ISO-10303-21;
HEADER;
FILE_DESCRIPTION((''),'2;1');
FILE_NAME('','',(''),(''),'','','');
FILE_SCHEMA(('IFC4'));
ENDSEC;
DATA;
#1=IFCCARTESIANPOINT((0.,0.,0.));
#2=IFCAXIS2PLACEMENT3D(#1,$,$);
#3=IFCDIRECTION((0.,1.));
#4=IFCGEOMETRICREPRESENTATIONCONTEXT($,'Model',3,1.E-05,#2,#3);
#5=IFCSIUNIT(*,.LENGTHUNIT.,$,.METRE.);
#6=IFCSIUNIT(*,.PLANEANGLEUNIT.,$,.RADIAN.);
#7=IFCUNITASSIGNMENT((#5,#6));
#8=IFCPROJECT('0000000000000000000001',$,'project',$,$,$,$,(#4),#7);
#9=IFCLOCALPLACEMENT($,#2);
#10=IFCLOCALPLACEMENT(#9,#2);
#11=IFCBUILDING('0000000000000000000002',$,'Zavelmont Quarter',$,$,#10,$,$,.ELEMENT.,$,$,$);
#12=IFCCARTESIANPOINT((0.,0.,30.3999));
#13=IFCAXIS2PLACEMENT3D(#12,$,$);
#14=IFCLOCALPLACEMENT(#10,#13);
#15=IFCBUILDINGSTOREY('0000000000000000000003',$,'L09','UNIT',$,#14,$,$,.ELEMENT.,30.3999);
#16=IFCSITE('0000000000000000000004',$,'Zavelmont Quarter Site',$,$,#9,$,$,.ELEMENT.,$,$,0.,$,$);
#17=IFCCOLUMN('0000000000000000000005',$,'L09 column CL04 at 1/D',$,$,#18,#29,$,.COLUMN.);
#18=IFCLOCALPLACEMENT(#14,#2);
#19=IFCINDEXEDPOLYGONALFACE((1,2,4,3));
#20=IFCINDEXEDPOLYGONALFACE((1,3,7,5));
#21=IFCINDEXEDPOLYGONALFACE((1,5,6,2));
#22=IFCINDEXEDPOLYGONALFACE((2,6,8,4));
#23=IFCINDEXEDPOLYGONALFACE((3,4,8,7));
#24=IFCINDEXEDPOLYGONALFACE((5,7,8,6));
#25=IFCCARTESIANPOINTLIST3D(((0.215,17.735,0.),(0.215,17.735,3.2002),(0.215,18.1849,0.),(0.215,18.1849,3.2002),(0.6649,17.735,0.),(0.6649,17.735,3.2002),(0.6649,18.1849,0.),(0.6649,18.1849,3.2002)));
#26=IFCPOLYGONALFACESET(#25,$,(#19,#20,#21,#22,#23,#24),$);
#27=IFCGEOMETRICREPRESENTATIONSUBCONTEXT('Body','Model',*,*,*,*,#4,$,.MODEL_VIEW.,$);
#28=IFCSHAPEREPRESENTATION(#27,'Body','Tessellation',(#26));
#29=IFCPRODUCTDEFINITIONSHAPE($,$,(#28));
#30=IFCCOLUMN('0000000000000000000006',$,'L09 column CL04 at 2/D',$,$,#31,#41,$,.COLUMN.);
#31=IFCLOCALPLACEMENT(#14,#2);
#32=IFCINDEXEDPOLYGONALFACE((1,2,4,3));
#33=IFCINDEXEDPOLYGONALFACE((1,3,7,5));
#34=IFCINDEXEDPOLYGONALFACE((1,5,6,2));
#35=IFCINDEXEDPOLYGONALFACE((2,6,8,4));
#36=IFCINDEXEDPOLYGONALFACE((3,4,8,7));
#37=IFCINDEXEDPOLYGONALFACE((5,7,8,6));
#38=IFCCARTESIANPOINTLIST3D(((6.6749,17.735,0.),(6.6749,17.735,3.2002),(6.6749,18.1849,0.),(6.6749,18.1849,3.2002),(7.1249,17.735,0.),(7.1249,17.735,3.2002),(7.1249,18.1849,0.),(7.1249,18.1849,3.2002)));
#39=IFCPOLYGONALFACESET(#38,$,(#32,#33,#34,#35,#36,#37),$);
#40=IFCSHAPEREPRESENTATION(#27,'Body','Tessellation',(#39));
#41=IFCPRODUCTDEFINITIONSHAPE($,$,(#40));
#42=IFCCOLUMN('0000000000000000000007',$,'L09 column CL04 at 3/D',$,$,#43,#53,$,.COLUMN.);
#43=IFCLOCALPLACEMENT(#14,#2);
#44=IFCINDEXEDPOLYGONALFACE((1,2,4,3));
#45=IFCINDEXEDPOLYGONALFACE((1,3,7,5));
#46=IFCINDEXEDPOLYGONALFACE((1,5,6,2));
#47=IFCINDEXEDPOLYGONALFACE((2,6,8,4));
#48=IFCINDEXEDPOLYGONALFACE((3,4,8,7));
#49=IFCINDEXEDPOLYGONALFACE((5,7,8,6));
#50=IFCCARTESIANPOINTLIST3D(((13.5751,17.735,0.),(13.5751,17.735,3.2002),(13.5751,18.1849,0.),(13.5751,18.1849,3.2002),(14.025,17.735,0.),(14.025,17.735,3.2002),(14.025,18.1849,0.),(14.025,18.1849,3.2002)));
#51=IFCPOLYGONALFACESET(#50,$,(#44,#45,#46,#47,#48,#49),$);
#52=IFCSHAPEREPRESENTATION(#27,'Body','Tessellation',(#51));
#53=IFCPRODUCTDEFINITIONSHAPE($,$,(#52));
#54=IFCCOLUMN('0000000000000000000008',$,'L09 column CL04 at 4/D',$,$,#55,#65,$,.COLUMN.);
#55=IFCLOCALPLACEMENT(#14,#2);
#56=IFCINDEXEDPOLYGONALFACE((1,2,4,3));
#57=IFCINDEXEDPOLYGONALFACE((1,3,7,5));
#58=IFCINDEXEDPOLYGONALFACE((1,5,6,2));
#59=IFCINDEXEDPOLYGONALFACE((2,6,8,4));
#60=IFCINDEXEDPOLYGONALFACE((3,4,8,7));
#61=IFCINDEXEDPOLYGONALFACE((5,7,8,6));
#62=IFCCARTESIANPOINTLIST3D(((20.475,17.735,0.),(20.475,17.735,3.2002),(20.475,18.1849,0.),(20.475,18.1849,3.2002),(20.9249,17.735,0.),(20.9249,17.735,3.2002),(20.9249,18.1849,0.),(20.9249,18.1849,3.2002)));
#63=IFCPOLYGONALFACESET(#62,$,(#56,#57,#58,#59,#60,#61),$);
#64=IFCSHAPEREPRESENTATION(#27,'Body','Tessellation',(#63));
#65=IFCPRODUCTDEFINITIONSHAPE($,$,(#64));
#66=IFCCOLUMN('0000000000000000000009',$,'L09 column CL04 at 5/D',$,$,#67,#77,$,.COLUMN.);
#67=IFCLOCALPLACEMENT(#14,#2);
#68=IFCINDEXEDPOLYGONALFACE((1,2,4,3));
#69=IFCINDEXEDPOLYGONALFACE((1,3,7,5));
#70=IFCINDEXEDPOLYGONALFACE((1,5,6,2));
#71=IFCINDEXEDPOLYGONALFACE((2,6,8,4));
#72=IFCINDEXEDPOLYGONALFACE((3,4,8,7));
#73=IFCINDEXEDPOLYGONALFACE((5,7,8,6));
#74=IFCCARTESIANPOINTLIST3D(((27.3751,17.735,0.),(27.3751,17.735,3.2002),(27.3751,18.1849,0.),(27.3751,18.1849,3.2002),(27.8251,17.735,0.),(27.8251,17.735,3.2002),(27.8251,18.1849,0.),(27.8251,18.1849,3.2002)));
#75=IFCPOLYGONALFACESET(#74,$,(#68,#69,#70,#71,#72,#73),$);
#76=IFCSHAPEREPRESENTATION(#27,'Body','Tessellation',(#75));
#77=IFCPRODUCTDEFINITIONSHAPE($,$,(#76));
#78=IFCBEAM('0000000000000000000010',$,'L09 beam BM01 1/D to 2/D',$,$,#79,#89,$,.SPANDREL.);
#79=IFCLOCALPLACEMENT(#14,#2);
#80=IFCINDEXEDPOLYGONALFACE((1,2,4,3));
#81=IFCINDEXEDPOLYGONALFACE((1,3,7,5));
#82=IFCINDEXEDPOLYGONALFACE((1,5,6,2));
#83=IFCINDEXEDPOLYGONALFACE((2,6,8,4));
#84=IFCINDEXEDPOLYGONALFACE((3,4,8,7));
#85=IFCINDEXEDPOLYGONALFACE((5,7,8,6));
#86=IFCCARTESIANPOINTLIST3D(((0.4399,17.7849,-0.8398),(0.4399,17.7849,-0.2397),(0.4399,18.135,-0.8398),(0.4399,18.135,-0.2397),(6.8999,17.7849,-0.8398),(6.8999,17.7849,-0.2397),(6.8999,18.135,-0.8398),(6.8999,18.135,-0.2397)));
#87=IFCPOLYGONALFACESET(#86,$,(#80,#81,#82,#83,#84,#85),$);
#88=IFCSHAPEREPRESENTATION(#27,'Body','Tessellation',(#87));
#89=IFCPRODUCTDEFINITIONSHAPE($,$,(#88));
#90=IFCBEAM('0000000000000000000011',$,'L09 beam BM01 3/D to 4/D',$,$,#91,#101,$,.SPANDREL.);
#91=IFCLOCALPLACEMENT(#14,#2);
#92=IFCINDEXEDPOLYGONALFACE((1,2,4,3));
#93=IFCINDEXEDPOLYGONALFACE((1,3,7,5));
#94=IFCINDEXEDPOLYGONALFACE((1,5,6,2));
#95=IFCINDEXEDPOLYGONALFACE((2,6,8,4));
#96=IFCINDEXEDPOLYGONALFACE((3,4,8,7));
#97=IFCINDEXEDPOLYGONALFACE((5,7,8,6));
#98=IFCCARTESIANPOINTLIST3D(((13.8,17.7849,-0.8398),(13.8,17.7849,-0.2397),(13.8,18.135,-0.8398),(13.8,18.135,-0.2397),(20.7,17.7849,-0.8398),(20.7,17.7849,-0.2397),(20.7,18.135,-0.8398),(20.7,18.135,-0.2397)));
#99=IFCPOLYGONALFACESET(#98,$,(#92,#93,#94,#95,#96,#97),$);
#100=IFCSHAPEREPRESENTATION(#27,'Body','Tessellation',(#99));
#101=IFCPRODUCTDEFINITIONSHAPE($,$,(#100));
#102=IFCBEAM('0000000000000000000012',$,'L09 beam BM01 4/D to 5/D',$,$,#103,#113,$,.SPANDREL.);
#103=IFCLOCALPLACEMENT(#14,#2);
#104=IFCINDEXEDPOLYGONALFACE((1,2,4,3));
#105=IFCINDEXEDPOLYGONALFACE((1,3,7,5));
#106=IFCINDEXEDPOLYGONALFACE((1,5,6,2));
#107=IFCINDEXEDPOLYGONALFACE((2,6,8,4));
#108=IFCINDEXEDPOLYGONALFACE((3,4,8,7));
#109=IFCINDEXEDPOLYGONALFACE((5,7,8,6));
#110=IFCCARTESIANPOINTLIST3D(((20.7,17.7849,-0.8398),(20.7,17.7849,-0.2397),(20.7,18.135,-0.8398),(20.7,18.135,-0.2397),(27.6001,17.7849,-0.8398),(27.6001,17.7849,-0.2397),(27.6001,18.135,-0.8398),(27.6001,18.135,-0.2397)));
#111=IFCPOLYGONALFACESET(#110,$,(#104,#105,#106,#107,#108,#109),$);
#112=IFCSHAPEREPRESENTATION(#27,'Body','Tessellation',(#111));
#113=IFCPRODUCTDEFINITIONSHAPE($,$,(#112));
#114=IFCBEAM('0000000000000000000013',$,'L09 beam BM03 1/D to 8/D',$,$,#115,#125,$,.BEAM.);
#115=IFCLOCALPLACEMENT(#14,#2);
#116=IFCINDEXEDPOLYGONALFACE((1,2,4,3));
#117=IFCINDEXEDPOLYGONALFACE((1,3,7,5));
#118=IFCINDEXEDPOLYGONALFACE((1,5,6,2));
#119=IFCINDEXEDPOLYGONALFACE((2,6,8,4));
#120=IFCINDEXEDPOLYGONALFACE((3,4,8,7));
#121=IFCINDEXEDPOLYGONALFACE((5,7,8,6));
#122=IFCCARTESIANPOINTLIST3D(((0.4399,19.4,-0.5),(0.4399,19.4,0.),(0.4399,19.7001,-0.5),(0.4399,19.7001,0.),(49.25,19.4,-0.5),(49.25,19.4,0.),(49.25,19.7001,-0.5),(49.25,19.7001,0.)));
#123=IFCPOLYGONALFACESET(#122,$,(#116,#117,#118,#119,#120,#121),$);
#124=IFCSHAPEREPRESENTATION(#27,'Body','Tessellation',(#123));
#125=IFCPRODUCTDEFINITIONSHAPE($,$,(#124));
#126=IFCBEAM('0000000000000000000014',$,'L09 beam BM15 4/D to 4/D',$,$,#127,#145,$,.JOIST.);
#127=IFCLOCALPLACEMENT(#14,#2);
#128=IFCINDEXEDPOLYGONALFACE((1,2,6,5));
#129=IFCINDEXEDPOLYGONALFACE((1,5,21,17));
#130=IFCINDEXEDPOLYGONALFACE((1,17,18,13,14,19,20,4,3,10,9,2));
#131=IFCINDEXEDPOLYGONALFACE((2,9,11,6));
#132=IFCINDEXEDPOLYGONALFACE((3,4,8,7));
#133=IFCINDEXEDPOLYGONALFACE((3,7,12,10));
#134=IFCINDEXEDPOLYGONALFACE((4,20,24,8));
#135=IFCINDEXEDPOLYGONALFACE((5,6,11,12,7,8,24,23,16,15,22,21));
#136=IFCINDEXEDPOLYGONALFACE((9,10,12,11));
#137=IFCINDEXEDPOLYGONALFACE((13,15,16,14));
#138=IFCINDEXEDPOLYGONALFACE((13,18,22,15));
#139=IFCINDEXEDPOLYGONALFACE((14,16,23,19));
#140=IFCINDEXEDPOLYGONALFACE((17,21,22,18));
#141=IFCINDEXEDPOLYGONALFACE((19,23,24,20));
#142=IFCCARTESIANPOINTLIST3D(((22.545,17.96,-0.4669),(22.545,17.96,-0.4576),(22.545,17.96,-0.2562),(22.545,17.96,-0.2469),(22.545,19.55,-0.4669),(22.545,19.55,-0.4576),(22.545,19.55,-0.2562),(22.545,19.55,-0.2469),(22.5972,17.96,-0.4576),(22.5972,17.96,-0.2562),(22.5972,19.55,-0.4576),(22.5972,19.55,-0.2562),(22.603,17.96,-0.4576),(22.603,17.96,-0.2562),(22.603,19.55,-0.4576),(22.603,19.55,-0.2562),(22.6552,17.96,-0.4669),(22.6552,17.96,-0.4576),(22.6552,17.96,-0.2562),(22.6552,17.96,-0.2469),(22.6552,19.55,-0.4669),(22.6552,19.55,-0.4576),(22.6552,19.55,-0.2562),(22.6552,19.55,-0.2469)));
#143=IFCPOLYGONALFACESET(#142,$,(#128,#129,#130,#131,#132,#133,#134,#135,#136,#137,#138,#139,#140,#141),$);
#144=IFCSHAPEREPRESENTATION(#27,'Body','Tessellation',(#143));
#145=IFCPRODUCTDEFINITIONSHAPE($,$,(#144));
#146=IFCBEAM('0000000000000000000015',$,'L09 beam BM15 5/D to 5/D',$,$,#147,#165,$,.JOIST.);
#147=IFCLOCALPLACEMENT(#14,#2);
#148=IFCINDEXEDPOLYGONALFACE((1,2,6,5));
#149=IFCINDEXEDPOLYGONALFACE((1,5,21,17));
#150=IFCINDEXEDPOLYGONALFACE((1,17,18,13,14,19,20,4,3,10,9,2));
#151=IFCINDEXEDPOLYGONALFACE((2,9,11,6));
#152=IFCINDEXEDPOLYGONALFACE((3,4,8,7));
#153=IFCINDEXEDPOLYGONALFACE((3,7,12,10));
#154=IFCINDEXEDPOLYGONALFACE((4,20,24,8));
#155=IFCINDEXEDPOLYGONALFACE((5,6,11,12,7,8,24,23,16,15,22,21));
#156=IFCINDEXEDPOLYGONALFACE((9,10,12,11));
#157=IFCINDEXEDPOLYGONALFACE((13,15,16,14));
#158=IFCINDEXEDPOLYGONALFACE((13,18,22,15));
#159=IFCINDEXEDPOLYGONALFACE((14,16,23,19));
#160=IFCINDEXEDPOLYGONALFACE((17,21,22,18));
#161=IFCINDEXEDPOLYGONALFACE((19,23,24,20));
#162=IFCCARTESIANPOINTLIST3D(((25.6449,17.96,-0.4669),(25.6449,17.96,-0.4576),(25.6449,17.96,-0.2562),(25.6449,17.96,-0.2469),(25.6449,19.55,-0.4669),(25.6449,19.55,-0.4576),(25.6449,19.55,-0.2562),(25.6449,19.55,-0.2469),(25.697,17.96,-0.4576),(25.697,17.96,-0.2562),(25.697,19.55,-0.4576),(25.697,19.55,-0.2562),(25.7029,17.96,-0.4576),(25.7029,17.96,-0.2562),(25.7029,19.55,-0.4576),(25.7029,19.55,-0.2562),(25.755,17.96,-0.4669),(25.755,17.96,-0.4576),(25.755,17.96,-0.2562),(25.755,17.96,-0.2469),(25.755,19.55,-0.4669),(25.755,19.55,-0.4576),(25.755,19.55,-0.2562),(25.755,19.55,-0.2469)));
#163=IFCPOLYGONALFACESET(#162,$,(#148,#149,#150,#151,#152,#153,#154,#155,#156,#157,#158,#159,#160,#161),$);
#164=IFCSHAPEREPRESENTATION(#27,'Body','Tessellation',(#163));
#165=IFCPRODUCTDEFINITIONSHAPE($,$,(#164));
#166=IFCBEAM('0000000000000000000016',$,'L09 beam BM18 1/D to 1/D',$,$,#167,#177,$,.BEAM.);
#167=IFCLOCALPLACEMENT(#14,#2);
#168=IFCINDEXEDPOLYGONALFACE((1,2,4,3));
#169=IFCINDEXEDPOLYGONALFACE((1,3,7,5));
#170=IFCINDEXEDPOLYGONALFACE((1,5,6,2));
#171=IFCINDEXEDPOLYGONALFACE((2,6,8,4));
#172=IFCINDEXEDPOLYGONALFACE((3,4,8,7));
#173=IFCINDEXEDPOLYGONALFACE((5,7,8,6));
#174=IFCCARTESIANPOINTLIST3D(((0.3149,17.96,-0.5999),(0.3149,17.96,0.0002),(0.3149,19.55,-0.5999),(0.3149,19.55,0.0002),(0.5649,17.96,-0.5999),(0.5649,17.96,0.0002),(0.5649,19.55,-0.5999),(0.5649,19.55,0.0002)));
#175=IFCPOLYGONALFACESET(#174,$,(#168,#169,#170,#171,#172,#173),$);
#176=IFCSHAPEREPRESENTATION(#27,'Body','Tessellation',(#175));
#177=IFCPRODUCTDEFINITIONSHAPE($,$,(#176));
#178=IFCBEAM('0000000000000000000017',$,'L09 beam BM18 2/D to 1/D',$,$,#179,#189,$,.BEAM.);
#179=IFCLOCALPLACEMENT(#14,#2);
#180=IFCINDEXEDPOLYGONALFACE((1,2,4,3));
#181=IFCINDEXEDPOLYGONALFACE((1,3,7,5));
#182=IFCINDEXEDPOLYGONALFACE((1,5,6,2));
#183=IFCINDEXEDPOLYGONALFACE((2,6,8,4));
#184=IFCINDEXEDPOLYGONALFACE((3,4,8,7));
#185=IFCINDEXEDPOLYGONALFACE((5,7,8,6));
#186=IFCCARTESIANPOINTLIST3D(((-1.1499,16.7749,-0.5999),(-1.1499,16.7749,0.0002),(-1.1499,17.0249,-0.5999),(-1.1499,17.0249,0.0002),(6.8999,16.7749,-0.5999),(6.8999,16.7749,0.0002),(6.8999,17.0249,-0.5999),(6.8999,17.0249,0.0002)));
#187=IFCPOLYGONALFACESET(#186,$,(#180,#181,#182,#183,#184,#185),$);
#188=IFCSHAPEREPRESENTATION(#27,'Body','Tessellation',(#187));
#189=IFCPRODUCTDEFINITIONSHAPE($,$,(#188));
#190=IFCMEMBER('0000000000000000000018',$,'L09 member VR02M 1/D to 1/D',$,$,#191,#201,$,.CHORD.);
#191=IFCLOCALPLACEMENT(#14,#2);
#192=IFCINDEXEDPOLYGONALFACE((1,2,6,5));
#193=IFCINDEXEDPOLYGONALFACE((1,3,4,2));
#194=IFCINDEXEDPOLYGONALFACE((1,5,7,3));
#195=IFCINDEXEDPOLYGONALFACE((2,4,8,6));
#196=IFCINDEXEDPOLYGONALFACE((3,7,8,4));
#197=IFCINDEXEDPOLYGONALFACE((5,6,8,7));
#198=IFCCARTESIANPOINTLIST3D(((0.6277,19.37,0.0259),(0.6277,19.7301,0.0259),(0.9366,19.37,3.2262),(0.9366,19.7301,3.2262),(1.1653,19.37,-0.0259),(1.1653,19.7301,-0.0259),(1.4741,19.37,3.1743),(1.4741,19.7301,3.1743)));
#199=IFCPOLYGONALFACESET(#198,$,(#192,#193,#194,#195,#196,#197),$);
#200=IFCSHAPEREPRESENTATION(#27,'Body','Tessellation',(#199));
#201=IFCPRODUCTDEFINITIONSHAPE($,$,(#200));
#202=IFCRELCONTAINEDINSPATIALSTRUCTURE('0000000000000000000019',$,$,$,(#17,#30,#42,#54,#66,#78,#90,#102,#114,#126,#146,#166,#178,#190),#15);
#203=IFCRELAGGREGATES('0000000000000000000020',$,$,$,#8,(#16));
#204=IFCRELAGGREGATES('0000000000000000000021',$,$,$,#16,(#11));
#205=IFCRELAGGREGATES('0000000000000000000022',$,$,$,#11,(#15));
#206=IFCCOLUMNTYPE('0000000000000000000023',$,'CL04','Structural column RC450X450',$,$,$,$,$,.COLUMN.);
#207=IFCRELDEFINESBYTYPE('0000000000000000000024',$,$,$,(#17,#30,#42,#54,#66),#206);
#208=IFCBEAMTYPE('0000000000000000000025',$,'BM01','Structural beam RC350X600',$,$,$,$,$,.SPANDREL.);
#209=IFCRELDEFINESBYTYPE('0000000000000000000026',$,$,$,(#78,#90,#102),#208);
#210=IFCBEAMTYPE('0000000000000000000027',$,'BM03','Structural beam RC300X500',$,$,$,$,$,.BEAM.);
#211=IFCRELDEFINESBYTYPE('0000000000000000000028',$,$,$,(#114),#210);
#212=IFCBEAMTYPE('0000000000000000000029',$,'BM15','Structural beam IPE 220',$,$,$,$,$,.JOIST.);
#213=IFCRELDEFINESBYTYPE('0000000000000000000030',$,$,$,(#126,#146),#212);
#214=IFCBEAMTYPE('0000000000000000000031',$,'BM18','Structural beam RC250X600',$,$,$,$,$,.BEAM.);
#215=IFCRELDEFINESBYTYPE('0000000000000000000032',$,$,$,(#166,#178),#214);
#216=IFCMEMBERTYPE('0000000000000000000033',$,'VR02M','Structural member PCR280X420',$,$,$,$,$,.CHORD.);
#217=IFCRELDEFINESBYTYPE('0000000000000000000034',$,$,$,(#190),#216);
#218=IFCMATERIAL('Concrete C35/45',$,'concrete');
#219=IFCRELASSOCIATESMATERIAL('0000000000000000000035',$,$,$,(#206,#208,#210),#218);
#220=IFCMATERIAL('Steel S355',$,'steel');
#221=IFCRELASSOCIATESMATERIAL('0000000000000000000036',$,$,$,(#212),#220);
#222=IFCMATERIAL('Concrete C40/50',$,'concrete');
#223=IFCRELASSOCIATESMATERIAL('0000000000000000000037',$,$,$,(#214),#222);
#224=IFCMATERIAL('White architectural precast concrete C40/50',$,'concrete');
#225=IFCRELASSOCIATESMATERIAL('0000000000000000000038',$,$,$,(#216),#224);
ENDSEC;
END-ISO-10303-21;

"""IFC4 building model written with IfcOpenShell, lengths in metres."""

from ifc_helpers import new_model, si_unit, direction, frame, origin, origin_2d, place, context, subcontext, project, spatial, rectangle, i_section, extrude, material, material_profile, profile_set, type_object, element, save


model = new_model("IFC4")

# Units and contexts
model_context = context("Model", 3, precision=1e-05, world=origin(), true_north=direction((0.0, 1.0)))
body_context = subcontext(model_context, "Body", "Model", "MODEL_VIEW")
ifc_project = project(units=[si_unit("LENGTHUNIT", "METRE"), si_unit("PLANEANGLEUNIT", "RADIAN")], contexts=[model_context])

# Site, building, storey
site_placement = place(None, origin())
site = spatial("IfcSite", under=ifc_project, at=site_placement, Name="Zavelmont Quarter Site", CompositionType="ELEMENT", RefElevation=0.0)
building_placement = place(site_placement, origin())
building = spatial("IfcBuilding", under=site, at=building_placement, Name="Zavelmont Quarter", CompositionType="ELEMENT")
storey_placement = place(building_placement, frame((0.0, 0.0, 30.3999)))
storey = spatial("IfcBuildingStorey", under=building, at=storey_placement, Name="L09", Description="UNIT", CompositionType="ELEMENT", Elevation=30.3999)

# Columns
ifc_material_1 = material(Name="Concrete C35/45", Category="concrete")
ifc_material_profile_1 = material_profile(ifc_material_1, rectangle(XDim=0.45, YDim=0.45, at=origin_2d()), Name="RC450X450")
ifc_profile_set_1 = profile_set([ifc_material_profile_1], Name="Concrete C35/45")
column_type = type_object("IfcColumnType", Name="CL04", Description="Structural column RC450X450", PredefinedType="COLUMN", material=ifc_profile_set_1)
for number, where, z_axis, x_axis, name in (
    (1, (0.4399, 17.96, 0.0), (0.0, 0.0, 1.0), (1.0, 0.0, 0.0), "L09 column CL04 at 1/D"),
    (2, (6.8999, 17.96, 0.0), (0.0, 0.0, 1.0), (1.0, 0.0, 0.0), "L09 column CL04 at 2/D"),
    (3, (13.8, 17.96, 0.0), (0.0, 0.0, 1.0), (1.0, 0.0, 0.0), "L09 column CL04 at 3/D"),
    (4, (20.7, 17.96, 0.0), (0.0, 0.0, 1.0), (1.0, 0.0, 0.0), "L09 column CL04 at 4/D"),
    (5, (27.6001, 17.96, 0.0), (0.0, 0.0, 1.0), (1.0, 0.0, 0.0), "L09 column CL04 at 5/D"),
):
    element("IfcColumn", number, at=place(storey_placement, frame(where, z_axis=z_axis, x_axis=x_axis)), inside=storey, type_object=column_type, Name=name, PredefinedType="COLUMN", context=body_context, shape_type="SweptSolid", body=[
        extrude(rectangle(XDim=0.45, YDim=0.45, at=origin_2d()), origin(), (0.0, 0.0, 1.0), 3.2002),
    ])

# Beams
ifc_material_profile_2 = material_profile(ifc_material_1, rectangle(XDim=0.3501, YDim=0.6001, at=origin_2d()), Name="RC350X600")
ifc_profile_set_2 = profile_set([ifc_material_profile_2], Name="Concrete C35/45")
beam_type_1 = type_object("IfcBeamType", Name="BM01", Description="Structural beam RC350X600", PredefinedType="SPANDREL", material=ifc_profile_set_2)
beam_1_placement = place(storey_placement, frame((0.4399, 17.96, -0.5398), z_axis=(1.0, 0.0, 0.0), x_axis=(0.0, 1.0, 0.0)))
element("IfcBeam", 6, at=beam_1_placement, inside=storey, type_object=beam_type_1, Name="L09 beam BM01 1/D to 2/D", PredefinedType="SPANDREL", context=body_context, shape_type="SweptSolid", body=[
    extrude(rectangle(XDim=0.3501, YDim=0.6001, at=origin_2d()), origin(), (0.0, 0.0, 1.0), 6.46),
])
beam_2_placement = place(storey_placement, frame((13.8, 17.96, -0.5398), z_axis=(1.0, 0.0, 0.0), x_axis=(0.0, 1.0, 0.0)))
element("IfcBeam", 7, at=beam_2_placement, inside=storey, type_object=beam_type_1, Name="L09 beam BM01 3/D to 4/D", PredefinedType="SPANDREL", context=body_context, shape_type="SweptSolid", body=[
    extrude(rectangle(XDim=0.3501, YDim=0.6001, at=origin_2d()), origin(), (0.0, 0.0, 1.0), 6.8999),
])
beam_3_placement = place(storey_placement, frame((20.7, 17.96, -0.5398), z_axis=(1.0, 0.0, 0.0), x_axis=(0.0, 1.0, 0.0)))
element("IfcBeam", 8, at=beam_3_placement, inside=storey, type_object=beam_type_1, Name="L09 beam BM01 4/D to 5/D", PredefinedType="SPANDREL", context=body_context, shape_type="SweptSolid", body=[
    extrude(rectangle(XDim=0.3501, YDim=0.6001, at=origin_2d()), origin(), (0.0, 0.0, 1.0), 6.9001),
])
ifc_material_profile_3 = material_profile(ifc_material_1, rectangle(XDim=0.3, YDim=0.5, at=origin_2d()), Name="RC300X500")
ifc_profile_set_3 = profile_set([ifc_material_profile_3], Name="Concrete C35/45")
beam_type_2 = type_object("IfcBeamType", Name="BM03", Description="Structural beam RC300X500", PredefinedType="BEAM", material=ifc_profile_set_3)
beam_4_placement = place(storey_placement, frame((0.4399, 19.55, -0.25), z_axis=(1.0, 0.0, 0.0), x_axis=(0.0, 1.0, 0.0)))
element("IfcBeam", 9, at=beam_4_placement, inside=storey, type_object=beam_type_2, Name="L09 beam BM03 1/D to 8/D", PredefinedType="BEAM", context=body_context, shape_type="SweptSolid", body=[
    extrude(rectangle(XDim=0.3, YDim=0.5, at=origin_2d()), origin(), (0.0, 0.0, 1.0), 48.8101),
])
ifc_material_2 = material(Name="Steel S355", Category="steel")
ifc_material_profile_4 = material_profile(ifc_material_2, i_section(OverallWidth=0.1101, OverallDepth=0.22, WebThickness=0.0059, FlangeThickness=0.0093, at=origin_2d()), Name="IPE 220")
ifc_profile_set_4 = profile_set([ifc_material_profile_4], Name="Steel S355")
beam_type_3 = type_object("IfcBeamType", Name="BM15", Description="Structural beam IPE 220", PredefinedType="JOIST", material=ifc_profile_set_4)
for number, where, z_axis, x_axis, name in (
    (10, (22.6001, 17.96, -0.3569), (0.0, 1.0, 0.0), (-1.0, 0.0, 0.0), "L09 beam BM15 4/D to 4/D"),
    (11, (25.7, 17.96, -0.3569), (0.0, 1.0, 0.0), (-1.0, 0.0, 0.0), "L09 beam BM15 5/D to 5/D"),
):
    element("IfcBeam", number, at=place(storey_placement, frame(where, z_axis=z_axis, x_axis=x_axis)), inside=storey, type_object=beam_type_3, Name=name, PredefinedType="JOIST", context=body_context, shape_type="SweptSolid", body=[
        extrude(i_section(OverallWidth=0.1101, OverallDepth=0.22, WebThickness=0.0059, FlangeThickness=0.0093, at=origin_2d()), origin(), (0.0, 0.0, 1.0), 1.5901),
    ])
ifc_material_3 = material(Name="Concrete C40/50", Category="concrete")
ifc_material_profile_5 = material_profile(ifc_material_3, rectangle(XDim=0.25, YDim=0.6001, at=origin_2d()), Name="RC250X600")
ifc_profile_set_5 = profile_set([ifc_material_profile_5], Name="Concrete C40/50")
beam_type_4 = type_object("IfcBeamType", Name="BM18", Description="Structural beam RC250X600", PredefinedType="BEAM", material=ifc_profile_set_5)
beam_5_placement = place(storey_placement, frame((0.4399, 17.96, -0.2998), z_axis=(0.0, 1.0, 0.0), x_axis=(-1.0, 0.0, 0.0)))
element("IfcBeam", 12, at=beam_5_placement, inside=storey, type_object=beam_type_4, Name="L09 beam BM18 1/D to 1/D", PredefinedType="BEAM", context=body_context, shape_type="SweptSolid", body=[
    extrude(rectangle(XDim=0.25, YDim=0.6001, at=origin_2d()), origin(), (0.0, 0.0, 1.0), 1.5901),
])
beam_6_placement = place(storey_placement, frame((6.8999, 16.8999, -0.2998), z_axis=(-1.0, 0.0, 0.0), x_axis=(0.0, -1.0, 0.0)))
element("IfcBeam", 13, at=beam_6_placement, inside=storey, type_object=beam_type_4, Name="L09 beam BM18 2/D to 1/D", PredefinedType="BEAM", context=body_context, shape_type="SweptSolid", body=[
    extrude(rectangle(XDim=0.25, YDim=0.6001, at=origin_2d()), origin(), (0.0, 0.0, 1.0), 8.0498),
])

# Member
ifc_material_4 = material(Name="White architectural precast concrete C40/50", Category="concrete")
ifc_material_profile_6 = material_profile(ifc_material_4, rectangle(XDim=0.3601, YDim=0.54, at=origin_2d()), Name="PCR280X420")
ifc_profile_set_6 = profile_set([ifc_material_profile_6], Name="White architectural precast concrete C40/50")
member_type = type_object("IfcMemberType", Name="VR02M", Description="Structural member PCR280X420", PredefinedType="CHORD", material=ifc_profile_set_6)
member_placement = place(storey_placement, frame((0.8965, 19.55, 0.0), z_axis=(0.09606, 0.0, 0.995376), x_axis=(0.0, 1.0, 0.0)))
element("IfcMember", 14, at=member_placement, inside=storey, type_object=member_type, Name="L09 member VR02M 1/D to 1/D", PredefinedType="CHORD", context=body_context, shape_type="SweptSolid", body=[
    extrude(rectangle(XDim=0.3601, YDim=0.54, at=origin_2d()), origin(), (0.0, 0.0, 1.0), 3.2151),
])

save(model, "model.ifc")
